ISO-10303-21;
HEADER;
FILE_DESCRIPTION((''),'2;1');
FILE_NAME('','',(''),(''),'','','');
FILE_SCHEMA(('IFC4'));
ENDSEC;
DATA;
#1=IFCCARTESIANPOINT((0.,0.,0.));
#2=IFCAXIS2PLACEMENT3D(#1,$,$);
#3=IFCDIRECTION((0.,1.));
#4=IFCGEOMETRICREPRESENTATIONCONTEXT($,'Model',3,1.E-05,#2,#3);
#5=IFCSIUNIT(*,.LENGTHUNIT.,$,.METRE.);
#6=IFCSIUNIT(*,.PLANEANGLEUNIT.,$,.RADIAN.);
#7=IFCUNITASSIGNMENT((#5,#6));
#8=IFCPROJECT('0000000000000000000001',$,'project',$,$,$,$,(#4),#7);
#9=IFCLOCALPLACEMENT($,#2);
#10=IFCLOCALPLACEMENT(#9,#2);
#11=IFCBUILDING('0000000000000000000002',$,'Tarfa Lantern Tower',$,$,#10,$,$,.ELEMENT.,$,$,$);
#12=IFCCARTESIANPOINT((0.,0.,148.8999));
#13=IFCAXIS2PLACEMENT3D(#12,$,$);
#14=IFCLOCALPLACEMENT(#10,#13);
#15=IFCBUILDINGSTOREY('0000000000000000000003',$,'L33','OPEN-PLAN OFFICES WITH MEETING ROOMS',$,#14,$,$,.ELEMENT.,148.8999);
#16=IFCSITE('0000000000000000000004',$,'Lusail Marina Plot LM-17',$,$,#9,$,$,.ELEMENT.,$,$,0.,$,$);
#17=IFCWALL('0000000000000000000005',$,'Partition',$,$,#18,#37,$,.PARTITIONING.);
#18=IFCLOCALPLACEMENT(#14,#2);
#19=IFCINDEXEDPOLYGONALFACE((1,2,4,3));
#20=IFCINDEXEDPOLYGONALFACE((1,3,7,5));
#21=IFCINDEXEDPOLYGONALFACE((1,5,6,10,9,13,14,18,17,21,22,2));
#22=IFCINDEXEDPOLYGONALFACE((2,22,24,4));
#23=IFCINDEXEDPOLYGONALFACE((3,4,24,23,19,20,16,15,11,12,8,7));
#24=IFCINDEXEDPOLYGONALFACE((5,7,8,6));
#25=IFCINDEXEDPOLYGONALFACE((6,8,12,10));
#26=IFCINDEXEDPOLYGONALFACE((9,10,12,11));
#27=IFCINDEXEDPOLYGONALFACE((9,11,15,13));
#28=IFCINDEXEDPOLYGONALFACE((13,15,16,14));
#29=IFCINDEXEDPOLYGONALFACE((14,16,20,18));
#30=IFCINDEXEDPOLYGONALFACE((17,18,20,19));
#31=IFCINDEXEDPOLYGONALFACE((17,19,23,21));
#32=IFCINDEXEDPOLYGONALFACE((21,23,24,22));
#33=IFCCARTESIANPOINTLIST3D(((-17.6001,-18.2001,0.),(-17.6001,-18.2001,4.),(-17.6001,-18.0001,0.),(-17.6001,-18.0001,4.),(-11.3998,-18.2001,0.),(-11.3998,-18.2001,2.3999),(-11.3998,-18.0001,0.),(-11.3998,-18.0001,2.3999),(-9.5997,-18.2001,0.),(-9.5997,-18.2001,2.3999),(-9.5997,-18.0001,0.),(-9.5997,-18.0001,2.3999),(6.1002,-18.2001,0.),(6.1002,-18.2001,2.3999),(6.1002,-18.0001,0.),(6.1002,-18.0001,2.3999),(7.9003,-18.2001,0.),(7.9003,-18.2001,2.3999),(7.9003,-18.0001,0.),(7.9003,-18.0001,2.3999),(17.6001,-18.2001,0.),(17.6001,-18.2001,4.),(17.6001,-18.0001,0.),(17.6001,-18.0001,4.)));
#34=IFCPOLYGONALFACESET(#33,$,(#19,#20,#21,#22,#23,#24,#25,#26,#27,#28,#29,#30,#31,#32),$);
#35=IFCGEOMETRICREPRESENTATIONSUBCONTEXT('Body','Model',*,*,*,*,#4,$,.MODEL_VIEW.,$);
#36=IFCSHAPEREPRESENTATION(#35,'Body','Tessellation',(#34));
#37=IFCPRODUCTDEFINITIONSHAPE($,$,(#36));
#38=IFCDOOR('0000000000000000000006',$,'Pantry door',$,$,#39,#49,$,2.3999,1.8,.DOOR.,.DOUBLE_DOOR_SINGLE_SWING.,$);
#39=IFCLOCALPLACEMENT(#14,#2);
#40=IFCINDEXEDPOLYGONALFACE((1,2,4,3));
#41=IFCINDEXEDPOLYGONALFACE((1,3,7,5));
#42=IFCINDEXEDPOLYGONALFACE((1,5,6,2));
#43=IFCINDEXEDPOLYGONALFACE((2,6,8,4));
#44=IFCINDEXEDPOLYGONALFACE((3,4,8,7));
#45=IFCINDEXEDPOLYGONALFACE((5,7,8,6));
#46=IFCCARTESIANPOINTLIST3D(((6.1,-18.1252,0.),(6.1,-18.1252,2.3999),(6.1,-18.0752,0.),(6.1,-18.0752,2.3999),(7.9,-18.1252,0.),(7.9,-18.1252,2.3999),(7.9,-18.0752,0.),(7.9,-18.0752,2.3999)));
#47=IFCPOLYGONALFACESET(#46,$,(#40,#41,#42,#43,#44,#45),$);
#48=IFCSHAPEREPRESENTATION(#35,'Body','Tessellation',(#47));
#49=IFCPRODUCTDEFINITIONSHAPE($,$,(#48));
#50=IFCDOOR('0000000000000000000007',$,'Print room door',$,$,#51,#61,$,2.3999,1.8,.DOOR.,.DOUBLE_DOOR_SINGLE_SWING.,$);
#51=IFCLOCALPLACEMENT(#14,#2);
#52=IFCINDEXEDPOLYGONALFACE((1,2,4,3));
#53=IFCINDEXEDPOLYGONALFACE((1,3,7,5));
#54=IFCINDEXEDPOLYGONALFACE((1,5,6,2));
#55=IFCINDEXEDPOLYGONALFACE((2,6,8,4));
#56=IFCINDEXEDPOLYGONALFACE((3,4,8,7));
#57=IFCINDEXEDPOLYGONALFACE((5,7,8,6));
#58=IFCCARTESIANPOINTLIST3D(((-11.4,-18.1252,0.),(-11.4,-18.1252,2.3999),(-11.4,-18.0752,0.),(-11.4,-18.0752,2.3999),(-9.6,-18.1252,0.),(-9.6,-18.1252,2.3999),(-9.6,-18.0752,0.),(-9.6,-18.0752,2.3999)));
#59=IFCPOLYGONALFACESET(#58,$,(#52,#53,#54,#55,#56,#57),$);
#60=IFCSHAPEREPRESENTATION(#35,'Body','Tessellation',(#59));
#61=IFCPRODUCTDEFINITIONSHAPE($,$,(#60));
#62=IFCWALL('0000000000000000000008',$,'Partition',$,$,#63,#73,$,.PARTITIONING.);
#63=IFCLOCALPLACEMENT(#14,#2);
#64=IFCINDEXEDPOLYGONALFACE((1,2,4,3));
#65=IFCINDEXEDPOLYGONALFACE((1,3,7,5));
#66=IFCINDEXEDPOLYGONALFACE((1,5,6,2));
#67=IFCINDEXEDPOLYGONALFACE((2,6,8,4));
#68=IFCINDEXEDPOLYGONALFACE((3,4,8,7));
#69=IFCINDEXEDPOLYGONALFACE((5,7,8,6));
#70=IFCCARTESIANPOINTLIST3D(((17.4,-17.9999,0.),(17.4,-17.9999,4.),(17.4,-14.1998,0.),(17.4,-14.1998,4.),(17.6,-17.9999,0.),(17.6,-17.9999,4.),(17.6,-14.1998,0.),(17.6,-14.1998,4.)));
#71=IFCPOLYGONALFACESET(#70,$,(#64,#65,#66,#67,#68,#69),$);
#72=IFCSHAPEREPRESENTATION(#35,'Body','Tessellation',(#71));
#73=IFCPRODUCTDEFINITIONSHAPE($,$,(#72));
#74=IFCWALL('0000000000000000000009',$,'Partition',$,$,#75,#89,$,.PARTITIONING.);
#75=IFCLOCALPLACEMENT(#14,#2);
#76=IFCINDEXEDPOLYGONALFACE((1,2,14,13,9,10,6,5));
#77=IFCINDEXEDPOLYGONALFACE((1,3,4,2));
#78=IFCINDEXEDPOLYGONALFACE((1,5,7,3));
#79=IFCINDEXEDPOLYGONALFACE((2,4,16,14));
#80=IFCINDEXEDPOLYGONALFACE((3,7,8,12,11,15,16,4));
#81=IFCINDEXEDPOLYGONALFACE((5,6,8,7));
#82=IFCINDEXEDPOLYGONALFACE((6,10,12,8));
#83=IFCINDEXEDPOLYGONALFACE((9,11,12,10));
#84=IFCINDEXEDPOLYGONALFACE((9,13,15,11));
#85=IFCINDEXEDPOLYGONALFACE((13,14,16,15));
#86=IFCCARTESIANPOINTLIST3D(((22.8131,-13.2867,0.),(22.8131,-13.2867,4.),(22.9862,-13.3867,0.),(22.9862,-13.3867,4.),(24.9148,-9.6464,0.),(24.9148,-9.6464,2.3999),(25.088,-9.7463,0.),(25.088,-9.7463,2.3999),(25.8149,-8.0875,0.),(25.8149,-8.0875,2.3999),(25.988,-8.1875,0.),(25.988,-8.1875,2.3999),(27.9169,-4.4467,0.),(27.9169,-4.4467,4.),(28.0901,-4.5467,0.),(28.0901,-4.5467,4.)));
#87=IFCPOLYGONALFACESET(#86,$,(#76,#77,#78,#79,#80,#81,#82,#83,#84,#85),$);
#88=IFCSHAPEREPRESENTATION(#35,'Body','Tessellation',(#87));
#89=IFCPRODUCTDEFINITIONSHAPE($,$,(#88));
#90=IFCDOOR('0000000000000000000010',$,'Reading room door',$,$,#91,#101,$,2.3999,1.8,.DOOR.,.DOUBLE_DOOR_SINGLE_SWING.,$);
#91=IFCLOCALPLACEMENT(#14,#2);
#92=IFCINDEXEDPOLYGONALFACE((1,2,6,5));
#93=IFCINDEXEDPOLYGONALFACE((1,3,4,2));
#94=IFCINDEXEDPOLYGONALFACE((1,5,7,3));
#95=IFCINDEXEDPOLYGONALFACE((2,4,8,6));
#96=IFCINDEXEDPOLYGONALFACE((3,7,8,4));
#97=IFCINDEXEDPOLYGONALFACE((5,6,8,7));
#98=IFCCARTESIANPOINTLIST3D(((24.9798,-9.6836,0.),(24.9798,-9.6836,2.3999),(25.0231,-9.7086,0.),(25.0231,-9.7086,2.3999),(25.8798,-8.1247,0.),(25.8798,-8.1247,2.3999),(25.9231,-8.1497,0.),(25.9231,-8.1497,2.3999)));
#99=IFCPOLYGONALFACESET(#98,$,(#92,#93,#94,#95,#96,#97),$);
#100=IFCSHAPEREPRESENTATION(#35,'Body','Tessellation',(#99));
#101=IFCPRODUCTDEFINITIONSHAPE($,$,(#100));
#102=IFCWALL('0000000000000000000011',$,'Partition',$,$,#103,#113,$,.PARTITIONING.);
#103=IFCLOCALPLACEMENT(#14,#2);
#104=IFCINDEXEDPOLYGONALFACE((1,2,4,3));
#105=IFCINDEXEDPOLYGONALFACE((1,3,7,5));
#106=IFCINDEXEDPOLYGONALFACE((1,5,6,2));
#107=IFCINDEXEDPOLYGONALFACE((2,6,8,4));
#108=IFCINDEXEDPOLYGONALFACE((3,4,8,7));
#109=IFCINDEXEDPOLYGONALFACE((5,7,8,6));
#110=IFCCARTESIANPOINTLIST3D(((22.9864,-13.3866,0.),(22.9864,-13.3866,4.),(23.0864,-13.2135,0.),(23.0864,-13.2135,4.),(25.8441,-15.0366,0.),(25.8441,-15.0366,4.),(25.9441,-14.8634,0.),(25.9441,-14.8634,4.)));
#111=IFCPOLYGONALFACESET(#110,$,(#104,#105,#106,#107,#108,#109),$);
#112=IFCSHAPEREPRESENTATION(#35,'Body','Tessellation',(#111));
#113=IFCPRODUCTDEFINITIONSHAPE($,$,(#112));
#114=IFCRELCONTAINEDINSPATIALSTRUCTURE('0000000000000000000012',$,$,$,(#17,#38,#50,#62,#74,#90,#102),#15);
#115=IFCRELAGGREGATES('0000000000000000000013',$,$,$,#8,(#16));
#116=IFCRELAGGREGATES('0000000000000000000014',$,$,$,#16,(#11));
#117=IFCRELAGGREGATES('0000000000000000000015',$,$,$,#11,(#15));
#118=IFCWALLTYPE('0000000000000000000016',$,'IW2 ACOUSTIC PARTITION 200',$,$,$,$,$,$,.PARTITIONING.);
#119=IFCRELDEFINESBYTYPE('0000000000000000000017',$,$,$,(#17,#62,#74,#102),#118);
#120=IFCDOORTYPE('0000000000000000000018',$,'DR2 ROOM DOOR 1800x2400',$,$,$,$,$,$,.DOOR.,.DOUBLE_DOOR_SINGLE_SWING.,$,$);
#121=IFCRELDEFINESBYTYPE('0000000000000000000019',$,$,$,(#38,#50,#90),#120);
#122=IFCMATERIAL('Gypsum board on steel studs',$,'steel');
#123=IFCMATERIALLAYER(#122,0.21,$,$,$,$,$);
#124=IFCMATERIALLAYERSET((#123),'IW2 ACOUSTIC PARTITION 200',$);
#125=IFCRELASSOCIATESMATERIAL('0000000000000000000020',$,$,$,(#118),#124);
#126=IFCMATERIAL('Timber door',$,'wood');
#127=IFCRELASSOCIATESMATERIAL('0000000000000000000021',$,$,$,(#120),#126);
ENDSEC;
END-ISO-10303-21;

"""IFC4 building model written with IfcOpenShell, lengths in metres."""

from ifc_helpers import new_model, si_unit, direction, frame, frame_2d, origin, place, context, subcontext, project, spatial, rectangle, extrude, material, layer, layer_set, type_object, element, fill, save


model = new_model("IFC4")

# Units and contexts
model_context = context("Model", 3, precision=1e-05, world=origin(), true_north=direction((0.0, 1.0)))
body_context = subcontext(model_context, "Body", "Model", "MODEL_VIEW")
ifc_project = project(units=[si_unit("LENGTHUNIT", "METRE"), si_unit("PLANEANGLEUNIT", "RADIAN")], contexts=[model_context])

# Site, building, storey
site_placement = place(None, origin())
site = spatial("IfcSite", under=ifc_project, at=site_placement, Name="Lusail Marina Plot LM-17", CompositionType="ELEMENT", RefElevation=0.0)
building_placement = place(site_placement, origin())
building = spatial("IfcBuilding", under=site, at=building_placement, Name="Tarfa Lantern Tower", CompositionType="ELEMENT")
storey_placement = place(building_placement, frame((0.0, 0.0, 148.8999)))
storey = spatial("IfcBuildingStorey", under=building, at=storey_placement, Name="L33", Description="OPEN-PLAN OFFICES WITH MEETING ROOMS", CompositionType="ELEMENT", Elevation=148.8999)

# Shared definitions
ifc_material_1 = material(Name="Gypsum board on steel studs", Category="steel")
ifc_layer_1 = layer(ifc_material_1, 0.21)
ifc_layer_set_1 = layer_set([ifc_layer_1], Name="IW2 ACOUSTIC PARTITION 200")
wall_type = type_object("IfcWallType", Name="IW2 ACOUSTIC PARTITION 200", PredefinedType="PARTITIONING", material=ifc_layer_set_1)

# Wall, openings, doors
wall_1_placement = place(storey_placement, frame((17.6001, -18.1001, 0.0), z_axis=(0.0, 0.0, 1.0), x_axis=(-1.0, 0.0, 0.0)))
wall_1 = element("IfcWall", 1, at=wall_1_placement, inside=storey, type_object=wall_type, Name="Partition", PredefinedType="PARTITIONING", context=body_context, shape_type="SweptSolid", body=[
    extrude(rectangle(XDim=35.2002, YDim=0.2, at=frame_2d((17.6001, 0.0))), origin(), (0.0, 0.0, 1.0), 4.0),
])
opening_1_placement = place(wall_1_placement, frame((9.7, 0.0, 0.0)))
opening_1 = element("IfcOpeningElement", 2, at=opening_1_placement, cuts=wall_1, PredefinedType="OPENING", context=body_context, shape_type="SweptSolid", body=[
    extrude(rectangle(XDim=1.8, YDim=2.3999, at=frame_2d((0.8999, 1.2))), frame((0.0, 0.1099, 0.0), z_axis=(0.0, -1.0, 0.0), x_axis=(1.0, 0.0, 0.0)), (0.0, 0.0, 1.0), 0.22),
])
opening_2_placement = place(wall_1_placement, frame((27.2, 0.0, 0.0)))
opening_2 = element("IfcOpeningElement", 3, at=opening_2_placement, cuts=wall_1, PredefinedType="OPENING", context=body_context, shape_type="SweptSolid", body=[
    extrude(rectangle(XDim=1.8, YDim=2.3999, at=frame_2d((0.8999, 1.2))), frame((0.0, 0.1099, 0.0), z_axis=(0.0, -1.0, 0.0), x_axis=(1.0, 0.0, 0.0)), (0.0, 0.0, 1.0), 0.22),
])
ifc_material_2 = material(Name="Timber door", Category="wood")
door_type = type_object("IfcDoorType", Name="DR2 ROOM DOOR 1800x2400", OperationType="DOUBLE_DOOR_SINGLE_SWING", PredefinedType="DOOR", material=ifc_material_2)
door_1_placement = place(opening_1_placement, frame((1.8, 0.0, 0.0), z_axis=(0.0, 0.0, 1.0), x_axis=(-1.0, 0.0, 0.0)))
door_1 = element("IfcDoor", 4, at=door_1_placement, inside=storey, type_object=door_type, Name="Pantry door", OperationType="DOUBLE_DOOR_SINGLE_SWING", OverallHeight=2.3999, OverallWidth=1.8, PredefinedType="DOOR", context=body_context, shape_type="SweptSolid", body=[
    extrude(rectangle(XDim=1.8, YDim=2.3999, at=frame_2d((0.8999, 1.2))), frame((0.0, 0.0249, 0.0), z_axis=(0.0, -1.0, 0.0), x_axis=(1.0, 0.0, 0.0)), (0.0, 0.0, 1.0), 0.05),
])
fill(opening_1, door_1)
door_2_placement = place(opening_2_placement, frame((1.8, 0.0, 0.0), z_axis=(0.0, 0.0, 1.0), x_axis=(-1.0, 0.0, 0.0)))
door_2 = element("IfcDoor", 5, at=door_2_placement, inside=storey, type_object=door_type, Name="Print room door", OperationType="DOUBLE_DOOR_SINGLE_SWING", OverallHeight=2.3999, OverallWidth=1.8, PredefinedType="DOOR", context=body_context, shape_type="SweptSolid", body=[
    extrude(rectangle(XDim=1.8, YDim=2.3999, at=frame_2d((0.8999, 1.2))), frame((0.0, 0.0249, 0.0), z_axis=(0.0, -1.0, 0.0), x_axis=(1.0, 0.0, 0.0)), (0.0, 0.0, 1.0), 0.05),
])
fill(opening_2, door_2)

# Wall
wall_2_placement = place(storey_placement, frame((17.5, -14.2, 0.0), z_axis=(0.0, 0.0, 1.0), x_axis=(0.0, -1.0, 0.0)))
element("IfcWall", 6, at=wall_2_placement, inside=storey, type_object=wall_type, Name="Partition", PredefinedType="PARTITIONING", context=body_context, shape_type="SweptSolid", body=[
    extrude(rectangle(XDim=3.8, YDim=0.2, at=frame_2d((1.8999, 0.0))), origin(), (0.0, 0.0, 1.0), 4.0),
])

# Wall, opening, door
wall_3_placement = place(storey_placement, frame((22.8997, -13.3367, 0.0), z_axis=(0.0, 0.0, 1.0), x_axis=(0.500005, 0.866022, 0.0)))
wall_3 = element("IfcWall", 7, at=wall_3_placement, inside=storey, type_object=wall_type, Name="Partition", PredefinedType="PARTITIONING", context=body_context, shape_type="SweptSolid", body=[
    extrude(rectangle(XDim=10.2075, YDim=0.2, at=frame_2d((5.1038, 0.0))), origin(), (0.0, 0.0, 1.0), 4.0),
])
opening_3_placement = place(wall_3_placement, frame((4.2036, 0.0, 0.0)))
opening_3 = element("IfcOpeningElement", 8, at=opening_3_placement, cuts=wall_3, PredefinedType="OPENING", context=body_context, shape_type="SweptSolid", body=[
    extrude(rectangle(XDim=1.8, YDim=2.3999, at=frame_2d((0.8999, 1.2))), frame((0.0, 0.1099, 0.0), z_axis=(0.0, -1.0, 0.0), x_axis=(1.0, 0.0, 0.0)), (0.0, 0.0, 1.0), 0.22),
])
door_3_placement = place(opening_3_placement, frame((1.8, 0.0, 0.0), z_axis=(0.0, 0.0, 1.0), x_axis=(-1.0, 0.0, 0.0)))
door_3 = element("IfcDoor", 9, at=door_3_placement, inside=storey, type_object=door_type, Name="Reading room door", OperationType="DOUBLE_DOOR_SINGLE_SWING", OverallHeight=2.3999, OverallWidth=1.8, PredefinedType="DOOR", context=body_context, shape_type="SweptSolid", body=[
    extrude(rectangle(XDim=1.8, YDim=2.3999, at=frame_2d((0.8999, 1.2))), frame((0.0, 0.0249, 0.0), z_axis=(0.0, -1.0, 0.0), x_axis=(1.0, 0.0, 0.0)), (0.0, 0.0, 1.0), 0.05),
])
fill(opening_3, door_3)

# Wall
wall_4_placement = place(storey_placement, frame((23.0364, -13.3, 0.0), z_axis=(0.0, 0.0, 1.0), x_axis=(0.866022, -0.500006, 0.0)))
element("IfcWall", 10, at=wall_4_placement, inside=storey, type_object=wall_type, Name="Partition", PredefinedType="PARTITIONING", context=body_context, shape_type="SweptSolid", body=[
    extrude(rectangle(XDim=3.2998, YDim=0.2, at=frame_2d((1.6499, 0.0))), origin(), (0.0, 0.0, 1.0), 4.0),
])

save(model, "model.ifc")
